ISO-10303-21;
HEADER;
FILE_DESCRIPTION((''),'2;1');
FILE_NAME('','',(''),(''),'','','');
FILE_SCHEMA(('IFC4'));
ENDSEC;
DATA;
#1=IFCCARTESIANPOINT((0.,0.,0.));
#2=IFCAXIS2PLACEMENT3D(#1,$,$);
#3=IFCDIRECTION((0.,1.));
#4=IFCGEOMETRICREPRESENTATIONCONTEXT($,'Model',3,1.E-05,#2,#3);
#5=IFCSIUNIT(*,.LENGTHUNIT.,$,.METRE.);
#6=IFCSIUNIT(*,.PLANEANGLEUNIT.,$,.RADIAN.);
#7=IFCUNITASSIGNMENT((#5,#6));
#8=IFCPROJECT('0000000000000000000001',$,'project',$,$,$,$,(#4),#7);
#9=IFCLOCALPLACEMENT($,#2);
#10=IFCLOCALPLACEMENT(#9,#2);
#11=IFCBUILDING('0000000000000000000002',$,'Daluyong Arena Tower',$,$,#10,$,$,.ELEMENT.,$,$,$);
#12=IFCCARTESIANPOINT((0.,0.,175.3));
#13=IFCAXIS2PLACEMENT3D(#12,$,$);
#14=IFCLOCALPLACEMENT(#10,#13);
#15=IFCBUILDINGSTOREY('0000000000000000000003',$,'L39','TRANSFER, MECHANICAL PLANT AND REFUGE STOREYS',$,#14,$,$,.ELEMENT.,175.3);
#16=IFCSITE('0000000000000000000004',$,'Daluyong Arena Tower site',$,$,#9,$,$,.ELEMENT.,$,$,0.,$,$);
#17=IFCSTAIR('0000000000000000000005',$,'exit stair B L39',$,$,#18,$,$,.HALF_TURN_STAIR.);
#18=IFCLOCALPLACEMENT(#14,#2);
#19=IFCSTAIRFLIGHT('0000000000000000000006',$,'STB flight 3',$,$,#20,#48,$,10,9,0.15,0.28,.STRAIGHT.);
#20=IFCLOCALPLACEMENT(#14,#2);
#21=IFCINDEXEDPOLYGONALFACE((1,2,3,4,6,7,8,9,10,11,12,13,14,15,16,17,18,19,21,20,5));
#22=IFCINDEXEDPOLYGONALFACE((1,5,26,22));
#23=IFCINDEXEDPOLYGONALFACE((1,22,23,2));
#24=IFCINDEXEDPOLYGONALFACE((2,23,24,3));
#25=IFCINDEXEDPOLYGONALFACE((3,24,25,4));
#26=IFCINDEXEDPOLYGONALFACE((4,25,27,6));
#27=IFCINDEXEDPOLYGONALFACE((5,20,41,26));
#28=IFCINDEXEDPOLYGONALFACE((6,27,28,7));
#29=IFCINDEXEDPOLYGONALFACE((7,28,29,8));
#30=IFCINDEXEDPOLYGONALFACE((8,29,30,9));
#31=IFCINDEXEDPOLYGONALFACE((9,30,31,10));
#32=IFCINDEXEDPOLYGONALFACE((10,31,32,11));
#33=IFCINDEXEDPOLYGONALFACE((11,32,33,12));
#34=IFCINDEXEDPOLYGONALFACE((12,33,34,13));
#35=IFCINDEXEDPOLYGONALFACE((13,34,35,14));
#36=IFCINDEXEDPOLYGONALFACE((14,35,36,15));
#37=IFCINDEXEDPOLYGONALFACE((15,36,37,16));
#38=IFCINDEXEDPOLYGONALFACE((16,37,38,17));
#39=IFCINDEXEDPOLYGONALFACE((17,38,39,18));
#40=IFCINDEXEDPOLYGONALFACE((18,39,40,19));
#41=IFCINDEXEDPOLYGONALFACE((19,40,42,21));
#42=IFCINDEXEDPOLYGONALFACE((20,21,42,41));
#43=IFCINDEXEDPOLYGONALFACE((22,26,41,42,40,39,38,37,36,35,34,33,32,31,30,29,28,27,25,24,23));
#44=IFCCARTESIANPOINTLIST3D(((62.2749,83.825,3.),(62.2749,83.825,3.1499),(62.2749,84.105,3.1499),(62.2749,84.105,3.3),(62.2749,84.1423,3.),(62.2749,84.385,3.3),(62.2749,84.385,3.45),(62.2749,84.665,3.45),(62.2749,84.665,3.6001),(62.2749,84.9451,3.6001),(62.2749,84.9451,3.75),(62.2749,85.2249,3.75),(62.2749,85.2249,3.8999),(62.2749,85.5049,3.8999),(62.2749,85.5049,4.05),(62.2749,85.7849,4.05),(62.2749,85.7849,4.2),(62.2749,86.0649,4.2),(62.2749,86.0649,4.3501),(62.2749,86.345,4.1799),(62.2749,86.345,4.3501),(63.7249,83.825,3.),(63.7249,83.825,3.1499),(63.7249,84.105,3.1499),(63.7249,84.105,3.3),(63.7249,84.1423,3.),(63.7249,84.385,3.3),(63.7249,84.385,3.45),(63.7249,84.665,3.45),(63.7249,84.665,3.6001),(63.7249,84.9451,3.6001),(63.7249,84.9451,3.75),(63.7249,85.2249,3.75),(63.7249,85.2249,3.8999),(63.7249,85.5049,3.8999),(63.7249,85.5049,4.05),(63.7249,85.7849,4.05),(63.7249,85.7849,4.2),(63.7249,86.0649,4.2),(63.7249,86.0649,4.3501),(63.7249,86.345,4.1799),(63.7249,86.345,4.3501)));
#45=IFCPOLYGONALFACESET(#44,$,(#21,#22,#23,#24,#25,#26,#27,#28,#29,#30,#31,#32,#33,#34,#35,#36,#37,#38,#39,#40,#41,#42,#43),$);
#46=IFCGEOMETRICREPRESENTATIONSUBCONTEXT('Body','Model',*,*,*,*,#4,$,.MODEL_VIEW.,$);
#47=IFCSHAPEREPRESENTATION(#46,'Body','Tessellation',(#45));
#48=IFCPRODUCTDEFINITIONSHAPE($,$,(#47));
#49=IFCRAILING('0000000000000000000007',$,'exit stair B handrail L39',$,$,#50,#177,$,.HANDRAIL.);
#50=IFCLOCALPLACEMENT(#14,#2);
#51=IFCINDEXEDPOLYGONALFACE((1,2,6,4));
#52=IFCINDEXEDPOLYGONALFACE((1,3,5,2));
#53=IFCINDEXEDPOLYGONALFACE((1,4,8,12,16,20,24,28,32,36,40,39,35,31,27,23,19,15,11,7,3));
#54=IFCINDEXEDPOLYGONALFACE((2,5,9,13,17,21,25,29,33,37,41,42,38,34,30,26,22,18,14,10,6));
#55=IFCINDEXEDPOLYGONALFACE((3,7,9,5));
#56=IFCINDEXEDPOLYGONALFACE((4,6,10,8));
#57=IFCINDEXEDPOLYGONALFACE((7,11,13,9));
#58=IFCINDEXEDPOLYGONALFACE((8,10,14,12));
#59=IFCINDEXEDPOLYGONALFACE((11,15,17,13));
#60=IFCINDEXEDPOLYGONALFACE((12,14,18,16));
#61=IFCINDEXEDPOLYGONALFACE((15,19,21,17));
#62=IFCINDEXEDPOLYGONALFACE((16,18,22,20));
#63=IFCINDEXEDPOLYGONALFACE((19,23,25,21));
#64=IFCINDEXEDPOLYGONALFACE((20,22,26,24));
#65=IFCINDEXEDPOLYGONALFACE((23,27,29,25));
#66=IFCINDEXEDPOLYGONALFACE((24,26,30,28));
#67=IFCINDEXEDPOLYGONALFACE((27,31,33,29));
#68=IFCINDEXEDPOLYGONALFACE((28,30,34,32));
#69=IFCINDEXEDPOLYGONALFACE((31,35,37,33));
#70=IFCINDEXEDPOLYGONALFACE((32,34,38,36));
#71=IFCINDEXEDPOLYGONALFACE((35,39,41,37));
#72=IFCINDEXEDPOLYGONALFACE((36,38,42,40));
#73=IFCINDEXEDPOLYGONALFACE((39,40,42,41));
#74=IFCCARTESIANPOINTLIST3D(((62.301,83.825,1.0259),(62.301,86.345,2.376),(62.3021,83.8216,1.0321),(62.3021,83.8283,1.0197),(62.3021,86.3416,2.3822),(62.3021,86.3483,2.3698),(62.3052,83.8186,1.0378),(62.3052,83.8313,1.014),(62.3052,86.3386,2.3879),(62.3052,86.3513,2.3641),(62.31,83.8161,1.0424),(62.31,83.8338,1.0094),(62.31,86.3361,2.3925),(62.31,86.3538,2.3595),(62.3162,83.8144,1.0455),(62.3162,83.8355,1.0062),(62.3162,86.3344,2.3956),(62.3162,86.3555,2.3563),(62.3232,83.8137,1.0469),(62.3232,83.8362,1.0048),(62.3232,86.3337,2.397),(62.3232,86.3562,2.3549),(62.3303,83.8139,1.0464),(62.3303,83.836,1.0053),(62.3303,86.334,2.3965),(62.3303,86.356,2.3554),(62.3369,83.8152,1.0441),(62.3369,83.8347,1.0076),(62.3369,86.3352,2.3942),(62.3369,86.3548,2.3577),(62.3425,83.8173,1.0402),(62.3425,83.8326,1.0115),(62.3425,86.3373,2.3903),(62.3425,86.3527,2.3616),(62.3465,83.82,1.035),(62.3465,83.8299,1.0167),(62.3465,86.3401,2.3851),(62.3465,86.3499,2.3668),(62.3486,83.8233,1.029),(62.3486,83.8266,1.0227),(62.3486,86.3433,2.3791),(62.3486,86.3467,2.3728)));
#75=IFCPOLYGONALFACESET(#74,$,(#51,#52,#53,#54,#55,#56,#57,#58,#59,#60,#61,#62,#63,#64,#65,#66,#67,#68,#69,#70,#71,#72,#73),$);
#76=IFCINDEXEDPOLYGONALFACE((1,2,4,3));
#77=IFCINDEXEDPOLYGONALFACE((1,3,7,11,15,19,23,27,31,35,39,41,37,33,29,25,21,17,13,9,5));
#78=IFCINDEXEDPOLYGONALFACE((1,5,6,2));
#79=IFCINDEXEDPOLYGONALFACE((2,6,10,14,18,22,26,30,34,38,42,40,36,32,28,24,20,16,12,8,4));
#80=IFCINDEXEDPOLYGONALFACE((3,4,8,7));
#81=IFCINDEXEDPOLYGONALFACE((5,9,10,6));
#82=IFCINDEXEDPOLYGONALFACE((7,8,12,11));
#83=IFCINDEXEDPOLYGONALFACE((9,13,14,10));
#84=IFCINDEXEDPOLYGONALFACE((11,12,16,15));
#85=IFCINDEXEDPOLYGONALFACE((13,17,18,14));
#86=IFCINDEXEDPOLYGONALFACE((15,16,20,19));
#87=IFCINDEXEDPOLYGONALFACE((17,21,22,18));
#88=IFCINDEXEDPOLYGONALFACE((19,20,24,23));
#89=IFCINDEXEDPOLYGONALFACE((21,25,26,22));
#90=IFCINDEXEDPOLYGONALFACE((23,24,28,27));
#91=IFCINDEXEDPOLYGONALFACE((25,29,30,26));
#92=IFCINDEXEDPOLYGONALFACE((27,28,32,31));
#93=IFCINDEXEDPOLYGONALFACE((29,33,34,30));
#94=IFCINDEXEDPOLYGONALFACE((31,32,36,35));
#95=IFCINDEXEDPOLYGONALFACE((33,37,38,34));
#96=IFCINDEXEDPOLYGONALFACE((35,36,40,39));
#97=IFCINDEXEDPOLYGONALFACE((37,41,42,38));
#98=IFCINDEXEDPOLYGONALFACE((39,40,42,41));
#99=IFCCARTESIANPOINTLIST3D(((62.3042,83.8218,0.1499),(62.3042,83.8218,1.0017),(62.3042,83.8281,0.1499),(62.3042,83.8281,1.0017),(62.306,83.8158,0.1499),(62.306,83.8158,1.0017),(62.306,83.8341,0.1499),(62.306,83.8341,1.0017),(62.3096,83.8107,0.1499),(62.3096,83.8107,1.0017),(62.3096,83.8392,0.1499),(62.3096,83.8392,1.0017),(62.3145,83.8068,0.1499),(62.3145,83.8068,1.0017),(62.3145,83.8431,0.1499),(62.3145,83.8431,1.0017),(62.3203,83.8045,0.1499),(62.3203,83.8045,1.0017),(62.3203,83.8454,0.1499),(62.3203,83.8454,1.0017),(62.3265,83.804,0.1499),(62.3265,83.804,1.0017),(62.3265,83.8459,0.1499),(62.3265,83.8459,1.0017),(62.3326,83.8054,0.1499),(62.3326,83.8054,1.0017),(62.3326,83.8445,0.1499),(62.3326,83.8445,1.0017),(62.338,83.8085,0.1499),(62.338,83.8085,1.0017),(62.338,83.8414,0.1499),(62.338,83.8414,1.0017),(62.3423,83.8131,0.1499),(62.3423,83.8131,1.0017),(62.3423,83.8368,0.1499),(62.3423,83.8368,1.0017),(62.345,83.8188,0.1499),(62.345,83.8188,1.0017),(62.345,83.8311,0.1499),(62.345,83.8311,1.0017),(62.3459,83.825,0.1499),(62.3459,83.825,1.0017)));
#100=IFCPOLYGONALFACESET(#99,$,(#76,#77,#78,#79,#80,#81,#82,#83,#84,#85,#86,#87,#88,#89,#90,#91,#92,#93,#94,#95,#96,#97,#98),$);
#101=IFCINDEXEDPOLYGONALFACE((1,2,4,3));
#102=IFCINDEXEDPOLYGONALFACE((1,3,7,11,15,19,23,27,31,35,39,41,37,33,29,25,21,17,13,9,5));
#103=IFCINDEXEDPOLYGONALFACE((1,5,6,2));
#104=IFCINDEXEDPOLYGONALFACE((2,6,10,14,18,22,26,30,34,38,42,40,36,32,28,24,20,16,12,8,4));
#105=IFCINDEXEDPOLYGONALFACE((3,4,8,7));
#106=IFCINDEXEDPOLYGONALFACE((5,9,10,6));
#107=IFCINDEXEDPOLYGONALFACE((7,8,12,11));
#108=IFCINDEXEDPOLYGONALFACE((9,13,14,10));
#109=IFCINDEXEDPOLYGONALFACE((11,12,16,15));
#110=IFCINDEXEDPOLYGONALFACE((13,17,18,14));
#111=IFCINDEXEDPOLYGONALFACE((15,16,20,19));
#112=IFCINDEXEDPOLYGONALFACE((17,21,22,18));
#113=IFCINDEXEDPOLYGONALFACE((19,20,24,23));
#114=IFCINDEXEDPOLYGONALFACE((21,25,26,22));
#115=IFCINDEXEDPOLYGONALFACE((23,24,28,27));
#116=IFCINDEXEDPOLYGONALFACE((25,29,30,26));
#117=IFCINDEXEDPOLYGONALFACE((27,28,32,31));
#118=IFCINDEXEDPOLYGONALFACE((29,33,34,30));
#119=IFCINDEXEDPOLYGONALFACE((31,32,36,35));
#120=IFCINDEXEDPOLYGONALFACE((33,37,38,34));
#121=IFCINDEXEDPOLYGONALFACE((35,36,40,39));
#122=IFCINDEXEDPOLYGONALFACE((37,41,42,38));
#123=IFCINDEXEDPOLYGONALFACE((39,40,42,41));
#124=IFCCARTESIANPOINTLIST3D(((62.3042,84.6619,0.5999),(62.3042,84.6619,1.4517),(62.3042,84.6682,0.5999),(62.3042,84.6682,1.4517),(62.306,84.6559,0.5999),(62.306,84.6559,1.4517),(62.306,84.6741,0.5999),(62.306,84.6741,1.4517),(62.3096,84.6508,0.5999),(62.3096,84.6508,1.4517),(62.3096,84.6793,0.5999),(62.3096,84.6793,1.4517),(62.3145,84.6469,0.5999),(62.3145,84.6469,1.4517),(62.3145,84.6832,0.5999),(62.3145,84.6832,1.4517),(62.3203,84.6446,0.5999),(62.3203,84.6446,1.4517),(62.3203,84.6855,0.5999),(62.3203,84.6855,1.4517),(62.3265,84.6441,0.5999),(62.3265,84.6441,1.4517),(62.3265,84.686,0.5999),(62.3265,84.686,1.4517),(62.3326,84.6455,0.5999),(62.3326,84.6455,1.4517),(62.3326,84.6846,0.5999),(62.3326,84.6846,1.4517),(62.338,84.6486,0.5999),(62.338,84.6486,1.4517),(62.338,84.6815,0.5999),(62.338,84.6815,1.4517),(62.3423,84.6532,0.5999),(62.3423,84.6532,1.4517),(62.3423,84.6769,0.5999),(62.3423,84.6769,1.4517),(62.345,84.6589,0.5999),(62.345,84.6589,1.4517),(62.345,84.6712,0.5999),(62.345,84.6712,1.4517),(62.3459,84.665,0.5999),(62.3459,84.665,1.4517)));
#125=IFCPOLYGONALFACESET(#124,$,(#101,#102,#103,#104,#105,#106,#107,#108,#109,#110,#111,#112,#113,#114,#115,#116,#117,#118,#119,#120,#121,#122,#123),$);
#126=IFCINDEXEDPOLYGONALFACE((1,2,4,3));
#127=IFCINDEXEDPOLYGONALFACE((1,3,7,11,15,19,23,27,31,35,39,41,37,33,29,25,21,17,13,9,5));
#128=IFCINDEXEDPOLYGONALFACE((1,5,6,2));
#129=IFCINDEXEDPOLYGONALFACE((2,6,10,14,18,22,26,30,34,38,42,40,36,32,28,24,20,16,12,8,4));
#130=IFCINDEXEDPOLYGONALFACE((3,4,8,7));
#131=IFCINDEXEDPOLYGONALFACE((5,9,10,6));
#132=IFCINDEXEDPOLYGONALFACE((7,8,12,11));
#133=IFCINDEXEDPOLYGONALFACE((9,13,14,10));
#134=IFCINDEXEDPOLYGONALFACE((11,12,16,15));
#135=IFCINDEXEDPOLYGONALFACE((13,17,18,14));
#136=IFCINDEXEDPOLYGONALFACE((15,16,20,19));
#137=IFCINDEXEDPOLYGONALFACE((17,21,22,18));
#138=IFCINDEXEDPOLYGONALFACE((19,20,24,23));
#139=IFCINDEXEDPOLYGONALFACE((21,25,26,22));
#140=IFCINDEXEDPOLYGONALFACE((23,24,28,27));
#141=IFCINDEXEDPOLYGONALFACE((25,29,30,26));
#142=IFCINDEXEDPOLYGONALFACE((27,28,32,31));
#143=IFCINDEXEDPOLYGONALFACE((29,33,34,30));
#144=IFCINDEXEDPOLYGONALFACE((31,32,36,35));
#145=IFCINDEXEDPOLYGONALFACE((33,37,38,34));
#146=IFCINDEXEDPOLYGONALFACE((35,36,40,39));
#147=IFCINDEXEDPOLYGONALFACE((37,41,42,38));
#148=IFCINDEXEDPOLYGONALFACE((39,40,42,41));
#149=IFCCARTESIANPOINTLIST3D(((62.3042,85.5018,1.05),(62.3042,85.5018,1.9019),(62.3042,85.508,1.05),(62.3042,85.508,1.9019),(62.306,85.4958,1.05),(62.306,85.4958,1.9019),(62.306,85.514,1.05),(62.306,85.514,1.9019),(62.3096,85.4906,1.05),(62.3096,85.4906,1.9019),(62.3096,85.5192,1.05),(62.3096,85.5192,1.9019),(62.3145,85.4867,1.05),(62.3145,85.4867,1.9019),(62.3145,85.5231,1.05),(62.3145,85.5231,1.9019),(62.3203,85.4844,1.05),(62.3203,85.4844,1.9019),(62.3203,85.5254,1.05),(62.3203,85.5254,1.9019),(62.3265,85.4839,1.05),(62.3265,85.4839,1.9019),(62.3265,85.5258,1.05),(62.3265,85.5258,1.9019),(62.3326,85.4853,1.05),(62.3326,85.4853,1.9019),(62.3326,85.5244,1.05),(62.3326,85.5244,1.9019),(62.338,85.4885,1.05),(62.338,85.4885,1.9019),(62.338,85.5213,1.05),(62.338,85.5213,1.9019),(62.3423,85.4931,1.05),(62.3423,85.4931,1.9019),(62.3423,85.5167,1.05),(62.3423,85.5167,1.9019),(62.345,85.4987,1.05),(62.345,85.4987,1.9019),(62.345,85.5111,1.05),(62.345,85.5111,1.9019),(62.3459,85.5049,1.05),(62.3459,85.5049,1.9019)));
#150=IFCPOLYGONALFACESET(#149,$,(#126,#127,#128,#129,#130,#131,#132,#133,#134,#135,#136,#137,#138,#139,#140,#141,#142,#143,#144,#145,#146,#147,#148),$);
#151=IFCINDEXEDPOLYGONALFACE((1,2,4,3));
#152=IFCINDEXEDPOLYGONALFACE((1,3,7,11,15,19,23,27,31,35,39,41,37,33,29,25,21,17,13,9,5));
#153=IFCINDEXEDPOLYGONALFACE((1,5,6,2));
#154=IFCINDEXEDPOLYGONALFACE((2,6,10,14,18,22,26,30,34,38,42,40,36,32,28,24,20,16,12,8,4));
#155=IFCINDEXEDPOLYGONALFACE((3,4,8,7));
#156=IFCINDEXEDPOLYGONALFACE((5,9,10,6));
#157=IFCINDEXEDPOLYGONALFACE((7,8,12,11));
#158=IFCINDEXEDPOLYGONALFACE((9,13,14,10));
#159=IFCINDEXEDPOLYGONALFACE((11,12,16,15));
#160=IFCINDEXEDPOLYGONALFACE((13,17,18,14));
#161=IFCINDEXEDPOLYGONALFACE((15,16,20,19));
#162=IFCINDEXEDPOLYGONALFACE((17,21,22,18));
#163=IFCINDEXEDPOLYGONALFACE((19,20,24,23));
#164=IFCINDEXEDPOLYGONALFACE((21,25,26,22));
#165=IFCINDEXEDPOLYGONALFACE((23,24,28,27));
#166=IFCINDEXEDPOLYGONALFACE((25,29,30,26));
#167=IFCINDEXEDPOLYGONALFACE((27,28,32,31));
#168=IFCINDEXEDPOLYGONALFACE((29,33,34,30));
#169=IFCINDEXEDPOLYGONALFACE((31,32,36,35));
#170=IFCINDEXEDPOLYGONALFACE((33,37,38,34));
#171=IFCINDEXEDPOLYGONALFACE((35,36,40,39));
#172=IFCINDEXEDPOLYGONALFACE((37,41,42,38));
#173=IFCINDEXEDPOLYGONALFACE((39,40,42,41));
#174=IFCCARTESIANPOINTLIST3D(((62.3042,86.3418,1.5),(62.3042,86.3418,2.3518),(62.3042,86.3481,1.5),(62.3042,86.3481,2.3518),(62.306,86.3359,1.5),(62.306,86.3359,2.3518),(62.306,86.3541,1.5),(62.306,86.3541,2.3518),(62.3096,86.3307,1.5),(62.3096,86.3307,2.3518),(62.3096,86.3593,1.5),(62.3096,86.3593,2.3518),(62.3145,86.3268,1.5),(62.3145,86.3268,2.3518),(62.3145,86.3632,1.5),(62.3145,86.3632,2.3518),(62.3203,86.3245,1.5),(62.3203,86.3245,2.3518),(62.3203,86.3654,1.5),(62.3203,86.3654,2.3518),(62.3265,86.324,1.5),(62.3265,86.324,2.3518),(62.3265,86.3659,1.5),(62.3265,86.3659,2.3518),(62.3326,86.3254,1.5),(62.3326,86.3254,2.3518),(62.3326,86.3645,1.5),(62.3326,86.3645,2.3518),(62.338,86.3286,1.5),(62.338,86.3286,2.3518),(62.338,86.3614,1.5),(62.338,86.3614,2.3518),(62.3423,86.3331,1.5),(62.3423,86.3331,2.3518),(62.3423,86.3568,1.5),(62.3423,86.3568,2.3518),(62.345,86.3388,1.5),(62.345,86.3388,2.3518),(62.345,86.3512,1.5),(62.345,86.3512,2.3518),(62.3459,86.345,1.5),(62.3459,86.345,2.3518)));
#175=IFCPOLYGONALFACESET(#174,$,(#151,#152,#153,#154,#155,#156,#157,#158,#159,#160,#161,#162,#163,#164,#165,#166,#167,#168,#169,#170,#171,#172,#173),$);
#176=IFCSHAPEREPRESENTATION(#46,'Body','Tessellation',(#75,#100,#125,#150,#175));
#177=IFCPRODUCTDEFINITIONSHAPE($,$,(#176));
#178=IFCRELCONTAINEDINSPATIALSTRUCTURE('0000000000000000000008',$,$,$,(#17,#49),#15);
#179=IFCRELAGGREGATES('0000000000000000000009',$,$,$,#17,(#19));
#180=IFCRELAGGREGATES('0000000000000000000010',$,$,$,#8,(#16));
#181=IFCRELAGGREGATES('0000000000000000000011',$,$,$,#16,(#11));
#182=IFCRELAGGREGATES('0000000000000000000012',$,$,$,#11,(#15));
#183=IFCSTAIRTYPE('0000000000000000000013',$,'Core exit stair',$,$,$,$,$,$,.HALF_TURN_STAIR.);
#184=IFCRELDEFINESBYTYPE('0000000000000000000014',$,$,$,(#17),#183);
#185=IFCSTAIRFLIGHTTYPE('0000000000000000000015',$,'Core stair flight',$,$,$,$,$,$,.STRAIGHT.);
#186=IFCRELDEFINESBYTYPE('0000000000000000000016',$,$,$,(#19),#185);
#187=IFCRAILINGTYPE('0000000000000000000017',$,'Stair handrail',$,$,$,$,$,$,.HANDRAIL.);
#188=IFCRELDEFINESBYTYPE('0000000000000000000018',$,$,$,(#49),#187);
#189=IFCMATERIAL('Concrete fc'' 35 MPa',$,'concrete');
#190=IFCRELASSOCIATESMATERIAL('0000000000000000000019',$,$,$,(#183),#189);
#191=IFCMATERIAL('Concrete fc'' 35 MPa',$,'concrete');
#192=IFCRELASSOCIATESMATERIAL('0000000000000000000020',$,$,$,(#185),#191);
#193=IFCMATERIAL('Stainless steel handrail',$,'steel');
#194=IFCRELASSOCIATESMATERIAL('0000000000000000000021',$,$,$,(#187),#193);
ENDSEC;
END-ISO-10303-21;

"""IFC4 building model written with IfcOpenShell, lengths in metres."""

from ifc_helpers import new_model, si_unit, direction, frame, origin, origin_2d, place, context, subcontext, project, spatial, polyline, circle, outline, extrude, material, type_object, element, aggregate, save


model = new_model("IFC4")

# Units and contexts
model_context = context("Model", 3, precision=1e-05, world=origin(), true_north=direction((0.0, 1.0)))
body_context = subcontext(model_context, "Body", "Model", "MODEL_VIEW")
ifc_project = project(units=[si_unit("LENGTHUNIT", "METRE"), si_unit("PLANEANGLEUNIT", "RADIAN")], contexts=[model_context])

# Site, building, storey
site_placement = place(None, origin())
site = spatial("IfcSite", under=ifc_project, at=site_placement, Name="Daluyong Arena Tower site", CompositionType="ELEMENT", RefElevation=0.0)
building_placement = place(site_placement, origin())
building = spatial("IfcBuilding", under=site, at=building_placement, Name="Daluyong Arena Tower", CompositionType="ELEMENT")
storey_placement = place(building_placement, frame((0.0, 0.0, 175.3)))
storey = spatial("IfcBuildingStorey", under=building, at=storey_placement, Name="L39", Description="TRANSFER, MECHANICAL PLANT AND REFUGE STOREYS", CompositionType="ELEMENT", Elevation=175.3)

# Stair, stair flight
ifc_material_1 = material(Name="Concrete fc' 35 MPa", Category="concrete")
stair_type = type_object("IfcStairType", Name="Core exit stair", PredefinedType="HALF_TURN_STAIR", material=ifc_material_1)
stair_placement = place(storey_placement, origin())
stair = element("IfcStair", 1, at=stair_placement, inside=storey, type_object=stair_type, Name="exit stair B L39", PredefinedType="HALF_TURN_STAIR")
ifc_material_2 = material(Name="Concrete fc' 35 MPa", Category="concrete")
stair_flight_type = type_object("IfcStairFlightType", Name="Core stair flight", PredefinedType="STRAIGHT", material=ifc_material_2)
stair_flight_1_placement = place(storey_placement, frame((63.0, 83.825, 3.0), z_axis=(0.0, 0.0, 1.0), x_axis=(0.0, 1.0, 0.0)))
stair_flight_1 = element("IfcStairFlight", 2, at=stair_flight_1_placement, type_object=stair_flight_type, Name="STB flight 3", NumberOfRisers=10, NumberOfTreads=9, PredefinedType="STRAIGHT", RiserHeight=0.15, TreadLength=0.28, context=body_context, shape_type="SweptSolid", body=[
    extrude(outline(polyline([(0.0, 0.0), (0.0, 0.1499), (0.28, 0.1499), (0.28, 0.3), (0.5601, 0.3), (0.5601, 0.45), (0.8401, 0.45), (0.8401, 0.6001), (1.1201, 0.6001), (1.1201, 0.75), (1.3999, 0.75), (1.3999, 0.8999), (1.6799, 0.8999), (1.6799, 1.05), (1.96, 1.05), (1.96, 1.2), (2.24, 1.2), (2.24, 1.3501), (2.52, 1.3501), (2.52, 1.5), (2.52, 1.1799), (0.3174, 0.0), (0.0, 0.0)])), frame((0.0, 0.7251, 0.0), z_axis=(0.0, -1.0, 0.0), x_axis=(1.0, 0.0, 0.0)), (0.0, 0.0, 1.0), 1.45),
])
aggregate(stair, [stair_flight_1])

# Railing
ifc_material_3 = material(Name="Stainless steel handrail", Category="steel")
railing_type_1 = type_object("IfcRailingType", Name="Stair handrail", PredefinedType="HANDRAIL", material=ifc_material_3)
for number, where, name in (
    (3, (62.325, 83.825, 0.1499), "exit stair B handrail L39"),
):
    element("IfcRailing", number, at=place(storey_placement, frame(where)), inside=storey, type_object=railing_type_1, Name=name, PredefinedType="HANDRAIL", context=body_context, shape_type="SweptSolid", body=[
        extrude(circle(Radius=0.0239, at=origin_2d()), frame((0.0, 0.0, 0.876), z_axis=(0.0, 0.881467, 0.472245), x_axis=(-1.0, 0.0, 0.0)), (0.0, 0.0, 1.0), 2.8589),
        extrude(circle(Radius=0.021, at=origin_2d()), origin(), (0.0, 0.0, 1.0), 0.8518),
        extrude(circle(Radius=0.021, at=origin_2d()), frame((0.0, 0.8401, 0.45)), (0.0, 0.0, 1.0), 0.8518),
        extrude(circle(Radius=0.021, at=origin_2d()), frame((0.0, 1.6799, 0.9001)), (0.0, 0.0, 1.0), 0.8518),
        extrude(circle(Radius=0.021, at=origin_2d()), frame((0.0, 2.52, 1.3501)), (0.0, 0.0, 1.0), 0.8518),
    ])

save(model, "model.ifc")
